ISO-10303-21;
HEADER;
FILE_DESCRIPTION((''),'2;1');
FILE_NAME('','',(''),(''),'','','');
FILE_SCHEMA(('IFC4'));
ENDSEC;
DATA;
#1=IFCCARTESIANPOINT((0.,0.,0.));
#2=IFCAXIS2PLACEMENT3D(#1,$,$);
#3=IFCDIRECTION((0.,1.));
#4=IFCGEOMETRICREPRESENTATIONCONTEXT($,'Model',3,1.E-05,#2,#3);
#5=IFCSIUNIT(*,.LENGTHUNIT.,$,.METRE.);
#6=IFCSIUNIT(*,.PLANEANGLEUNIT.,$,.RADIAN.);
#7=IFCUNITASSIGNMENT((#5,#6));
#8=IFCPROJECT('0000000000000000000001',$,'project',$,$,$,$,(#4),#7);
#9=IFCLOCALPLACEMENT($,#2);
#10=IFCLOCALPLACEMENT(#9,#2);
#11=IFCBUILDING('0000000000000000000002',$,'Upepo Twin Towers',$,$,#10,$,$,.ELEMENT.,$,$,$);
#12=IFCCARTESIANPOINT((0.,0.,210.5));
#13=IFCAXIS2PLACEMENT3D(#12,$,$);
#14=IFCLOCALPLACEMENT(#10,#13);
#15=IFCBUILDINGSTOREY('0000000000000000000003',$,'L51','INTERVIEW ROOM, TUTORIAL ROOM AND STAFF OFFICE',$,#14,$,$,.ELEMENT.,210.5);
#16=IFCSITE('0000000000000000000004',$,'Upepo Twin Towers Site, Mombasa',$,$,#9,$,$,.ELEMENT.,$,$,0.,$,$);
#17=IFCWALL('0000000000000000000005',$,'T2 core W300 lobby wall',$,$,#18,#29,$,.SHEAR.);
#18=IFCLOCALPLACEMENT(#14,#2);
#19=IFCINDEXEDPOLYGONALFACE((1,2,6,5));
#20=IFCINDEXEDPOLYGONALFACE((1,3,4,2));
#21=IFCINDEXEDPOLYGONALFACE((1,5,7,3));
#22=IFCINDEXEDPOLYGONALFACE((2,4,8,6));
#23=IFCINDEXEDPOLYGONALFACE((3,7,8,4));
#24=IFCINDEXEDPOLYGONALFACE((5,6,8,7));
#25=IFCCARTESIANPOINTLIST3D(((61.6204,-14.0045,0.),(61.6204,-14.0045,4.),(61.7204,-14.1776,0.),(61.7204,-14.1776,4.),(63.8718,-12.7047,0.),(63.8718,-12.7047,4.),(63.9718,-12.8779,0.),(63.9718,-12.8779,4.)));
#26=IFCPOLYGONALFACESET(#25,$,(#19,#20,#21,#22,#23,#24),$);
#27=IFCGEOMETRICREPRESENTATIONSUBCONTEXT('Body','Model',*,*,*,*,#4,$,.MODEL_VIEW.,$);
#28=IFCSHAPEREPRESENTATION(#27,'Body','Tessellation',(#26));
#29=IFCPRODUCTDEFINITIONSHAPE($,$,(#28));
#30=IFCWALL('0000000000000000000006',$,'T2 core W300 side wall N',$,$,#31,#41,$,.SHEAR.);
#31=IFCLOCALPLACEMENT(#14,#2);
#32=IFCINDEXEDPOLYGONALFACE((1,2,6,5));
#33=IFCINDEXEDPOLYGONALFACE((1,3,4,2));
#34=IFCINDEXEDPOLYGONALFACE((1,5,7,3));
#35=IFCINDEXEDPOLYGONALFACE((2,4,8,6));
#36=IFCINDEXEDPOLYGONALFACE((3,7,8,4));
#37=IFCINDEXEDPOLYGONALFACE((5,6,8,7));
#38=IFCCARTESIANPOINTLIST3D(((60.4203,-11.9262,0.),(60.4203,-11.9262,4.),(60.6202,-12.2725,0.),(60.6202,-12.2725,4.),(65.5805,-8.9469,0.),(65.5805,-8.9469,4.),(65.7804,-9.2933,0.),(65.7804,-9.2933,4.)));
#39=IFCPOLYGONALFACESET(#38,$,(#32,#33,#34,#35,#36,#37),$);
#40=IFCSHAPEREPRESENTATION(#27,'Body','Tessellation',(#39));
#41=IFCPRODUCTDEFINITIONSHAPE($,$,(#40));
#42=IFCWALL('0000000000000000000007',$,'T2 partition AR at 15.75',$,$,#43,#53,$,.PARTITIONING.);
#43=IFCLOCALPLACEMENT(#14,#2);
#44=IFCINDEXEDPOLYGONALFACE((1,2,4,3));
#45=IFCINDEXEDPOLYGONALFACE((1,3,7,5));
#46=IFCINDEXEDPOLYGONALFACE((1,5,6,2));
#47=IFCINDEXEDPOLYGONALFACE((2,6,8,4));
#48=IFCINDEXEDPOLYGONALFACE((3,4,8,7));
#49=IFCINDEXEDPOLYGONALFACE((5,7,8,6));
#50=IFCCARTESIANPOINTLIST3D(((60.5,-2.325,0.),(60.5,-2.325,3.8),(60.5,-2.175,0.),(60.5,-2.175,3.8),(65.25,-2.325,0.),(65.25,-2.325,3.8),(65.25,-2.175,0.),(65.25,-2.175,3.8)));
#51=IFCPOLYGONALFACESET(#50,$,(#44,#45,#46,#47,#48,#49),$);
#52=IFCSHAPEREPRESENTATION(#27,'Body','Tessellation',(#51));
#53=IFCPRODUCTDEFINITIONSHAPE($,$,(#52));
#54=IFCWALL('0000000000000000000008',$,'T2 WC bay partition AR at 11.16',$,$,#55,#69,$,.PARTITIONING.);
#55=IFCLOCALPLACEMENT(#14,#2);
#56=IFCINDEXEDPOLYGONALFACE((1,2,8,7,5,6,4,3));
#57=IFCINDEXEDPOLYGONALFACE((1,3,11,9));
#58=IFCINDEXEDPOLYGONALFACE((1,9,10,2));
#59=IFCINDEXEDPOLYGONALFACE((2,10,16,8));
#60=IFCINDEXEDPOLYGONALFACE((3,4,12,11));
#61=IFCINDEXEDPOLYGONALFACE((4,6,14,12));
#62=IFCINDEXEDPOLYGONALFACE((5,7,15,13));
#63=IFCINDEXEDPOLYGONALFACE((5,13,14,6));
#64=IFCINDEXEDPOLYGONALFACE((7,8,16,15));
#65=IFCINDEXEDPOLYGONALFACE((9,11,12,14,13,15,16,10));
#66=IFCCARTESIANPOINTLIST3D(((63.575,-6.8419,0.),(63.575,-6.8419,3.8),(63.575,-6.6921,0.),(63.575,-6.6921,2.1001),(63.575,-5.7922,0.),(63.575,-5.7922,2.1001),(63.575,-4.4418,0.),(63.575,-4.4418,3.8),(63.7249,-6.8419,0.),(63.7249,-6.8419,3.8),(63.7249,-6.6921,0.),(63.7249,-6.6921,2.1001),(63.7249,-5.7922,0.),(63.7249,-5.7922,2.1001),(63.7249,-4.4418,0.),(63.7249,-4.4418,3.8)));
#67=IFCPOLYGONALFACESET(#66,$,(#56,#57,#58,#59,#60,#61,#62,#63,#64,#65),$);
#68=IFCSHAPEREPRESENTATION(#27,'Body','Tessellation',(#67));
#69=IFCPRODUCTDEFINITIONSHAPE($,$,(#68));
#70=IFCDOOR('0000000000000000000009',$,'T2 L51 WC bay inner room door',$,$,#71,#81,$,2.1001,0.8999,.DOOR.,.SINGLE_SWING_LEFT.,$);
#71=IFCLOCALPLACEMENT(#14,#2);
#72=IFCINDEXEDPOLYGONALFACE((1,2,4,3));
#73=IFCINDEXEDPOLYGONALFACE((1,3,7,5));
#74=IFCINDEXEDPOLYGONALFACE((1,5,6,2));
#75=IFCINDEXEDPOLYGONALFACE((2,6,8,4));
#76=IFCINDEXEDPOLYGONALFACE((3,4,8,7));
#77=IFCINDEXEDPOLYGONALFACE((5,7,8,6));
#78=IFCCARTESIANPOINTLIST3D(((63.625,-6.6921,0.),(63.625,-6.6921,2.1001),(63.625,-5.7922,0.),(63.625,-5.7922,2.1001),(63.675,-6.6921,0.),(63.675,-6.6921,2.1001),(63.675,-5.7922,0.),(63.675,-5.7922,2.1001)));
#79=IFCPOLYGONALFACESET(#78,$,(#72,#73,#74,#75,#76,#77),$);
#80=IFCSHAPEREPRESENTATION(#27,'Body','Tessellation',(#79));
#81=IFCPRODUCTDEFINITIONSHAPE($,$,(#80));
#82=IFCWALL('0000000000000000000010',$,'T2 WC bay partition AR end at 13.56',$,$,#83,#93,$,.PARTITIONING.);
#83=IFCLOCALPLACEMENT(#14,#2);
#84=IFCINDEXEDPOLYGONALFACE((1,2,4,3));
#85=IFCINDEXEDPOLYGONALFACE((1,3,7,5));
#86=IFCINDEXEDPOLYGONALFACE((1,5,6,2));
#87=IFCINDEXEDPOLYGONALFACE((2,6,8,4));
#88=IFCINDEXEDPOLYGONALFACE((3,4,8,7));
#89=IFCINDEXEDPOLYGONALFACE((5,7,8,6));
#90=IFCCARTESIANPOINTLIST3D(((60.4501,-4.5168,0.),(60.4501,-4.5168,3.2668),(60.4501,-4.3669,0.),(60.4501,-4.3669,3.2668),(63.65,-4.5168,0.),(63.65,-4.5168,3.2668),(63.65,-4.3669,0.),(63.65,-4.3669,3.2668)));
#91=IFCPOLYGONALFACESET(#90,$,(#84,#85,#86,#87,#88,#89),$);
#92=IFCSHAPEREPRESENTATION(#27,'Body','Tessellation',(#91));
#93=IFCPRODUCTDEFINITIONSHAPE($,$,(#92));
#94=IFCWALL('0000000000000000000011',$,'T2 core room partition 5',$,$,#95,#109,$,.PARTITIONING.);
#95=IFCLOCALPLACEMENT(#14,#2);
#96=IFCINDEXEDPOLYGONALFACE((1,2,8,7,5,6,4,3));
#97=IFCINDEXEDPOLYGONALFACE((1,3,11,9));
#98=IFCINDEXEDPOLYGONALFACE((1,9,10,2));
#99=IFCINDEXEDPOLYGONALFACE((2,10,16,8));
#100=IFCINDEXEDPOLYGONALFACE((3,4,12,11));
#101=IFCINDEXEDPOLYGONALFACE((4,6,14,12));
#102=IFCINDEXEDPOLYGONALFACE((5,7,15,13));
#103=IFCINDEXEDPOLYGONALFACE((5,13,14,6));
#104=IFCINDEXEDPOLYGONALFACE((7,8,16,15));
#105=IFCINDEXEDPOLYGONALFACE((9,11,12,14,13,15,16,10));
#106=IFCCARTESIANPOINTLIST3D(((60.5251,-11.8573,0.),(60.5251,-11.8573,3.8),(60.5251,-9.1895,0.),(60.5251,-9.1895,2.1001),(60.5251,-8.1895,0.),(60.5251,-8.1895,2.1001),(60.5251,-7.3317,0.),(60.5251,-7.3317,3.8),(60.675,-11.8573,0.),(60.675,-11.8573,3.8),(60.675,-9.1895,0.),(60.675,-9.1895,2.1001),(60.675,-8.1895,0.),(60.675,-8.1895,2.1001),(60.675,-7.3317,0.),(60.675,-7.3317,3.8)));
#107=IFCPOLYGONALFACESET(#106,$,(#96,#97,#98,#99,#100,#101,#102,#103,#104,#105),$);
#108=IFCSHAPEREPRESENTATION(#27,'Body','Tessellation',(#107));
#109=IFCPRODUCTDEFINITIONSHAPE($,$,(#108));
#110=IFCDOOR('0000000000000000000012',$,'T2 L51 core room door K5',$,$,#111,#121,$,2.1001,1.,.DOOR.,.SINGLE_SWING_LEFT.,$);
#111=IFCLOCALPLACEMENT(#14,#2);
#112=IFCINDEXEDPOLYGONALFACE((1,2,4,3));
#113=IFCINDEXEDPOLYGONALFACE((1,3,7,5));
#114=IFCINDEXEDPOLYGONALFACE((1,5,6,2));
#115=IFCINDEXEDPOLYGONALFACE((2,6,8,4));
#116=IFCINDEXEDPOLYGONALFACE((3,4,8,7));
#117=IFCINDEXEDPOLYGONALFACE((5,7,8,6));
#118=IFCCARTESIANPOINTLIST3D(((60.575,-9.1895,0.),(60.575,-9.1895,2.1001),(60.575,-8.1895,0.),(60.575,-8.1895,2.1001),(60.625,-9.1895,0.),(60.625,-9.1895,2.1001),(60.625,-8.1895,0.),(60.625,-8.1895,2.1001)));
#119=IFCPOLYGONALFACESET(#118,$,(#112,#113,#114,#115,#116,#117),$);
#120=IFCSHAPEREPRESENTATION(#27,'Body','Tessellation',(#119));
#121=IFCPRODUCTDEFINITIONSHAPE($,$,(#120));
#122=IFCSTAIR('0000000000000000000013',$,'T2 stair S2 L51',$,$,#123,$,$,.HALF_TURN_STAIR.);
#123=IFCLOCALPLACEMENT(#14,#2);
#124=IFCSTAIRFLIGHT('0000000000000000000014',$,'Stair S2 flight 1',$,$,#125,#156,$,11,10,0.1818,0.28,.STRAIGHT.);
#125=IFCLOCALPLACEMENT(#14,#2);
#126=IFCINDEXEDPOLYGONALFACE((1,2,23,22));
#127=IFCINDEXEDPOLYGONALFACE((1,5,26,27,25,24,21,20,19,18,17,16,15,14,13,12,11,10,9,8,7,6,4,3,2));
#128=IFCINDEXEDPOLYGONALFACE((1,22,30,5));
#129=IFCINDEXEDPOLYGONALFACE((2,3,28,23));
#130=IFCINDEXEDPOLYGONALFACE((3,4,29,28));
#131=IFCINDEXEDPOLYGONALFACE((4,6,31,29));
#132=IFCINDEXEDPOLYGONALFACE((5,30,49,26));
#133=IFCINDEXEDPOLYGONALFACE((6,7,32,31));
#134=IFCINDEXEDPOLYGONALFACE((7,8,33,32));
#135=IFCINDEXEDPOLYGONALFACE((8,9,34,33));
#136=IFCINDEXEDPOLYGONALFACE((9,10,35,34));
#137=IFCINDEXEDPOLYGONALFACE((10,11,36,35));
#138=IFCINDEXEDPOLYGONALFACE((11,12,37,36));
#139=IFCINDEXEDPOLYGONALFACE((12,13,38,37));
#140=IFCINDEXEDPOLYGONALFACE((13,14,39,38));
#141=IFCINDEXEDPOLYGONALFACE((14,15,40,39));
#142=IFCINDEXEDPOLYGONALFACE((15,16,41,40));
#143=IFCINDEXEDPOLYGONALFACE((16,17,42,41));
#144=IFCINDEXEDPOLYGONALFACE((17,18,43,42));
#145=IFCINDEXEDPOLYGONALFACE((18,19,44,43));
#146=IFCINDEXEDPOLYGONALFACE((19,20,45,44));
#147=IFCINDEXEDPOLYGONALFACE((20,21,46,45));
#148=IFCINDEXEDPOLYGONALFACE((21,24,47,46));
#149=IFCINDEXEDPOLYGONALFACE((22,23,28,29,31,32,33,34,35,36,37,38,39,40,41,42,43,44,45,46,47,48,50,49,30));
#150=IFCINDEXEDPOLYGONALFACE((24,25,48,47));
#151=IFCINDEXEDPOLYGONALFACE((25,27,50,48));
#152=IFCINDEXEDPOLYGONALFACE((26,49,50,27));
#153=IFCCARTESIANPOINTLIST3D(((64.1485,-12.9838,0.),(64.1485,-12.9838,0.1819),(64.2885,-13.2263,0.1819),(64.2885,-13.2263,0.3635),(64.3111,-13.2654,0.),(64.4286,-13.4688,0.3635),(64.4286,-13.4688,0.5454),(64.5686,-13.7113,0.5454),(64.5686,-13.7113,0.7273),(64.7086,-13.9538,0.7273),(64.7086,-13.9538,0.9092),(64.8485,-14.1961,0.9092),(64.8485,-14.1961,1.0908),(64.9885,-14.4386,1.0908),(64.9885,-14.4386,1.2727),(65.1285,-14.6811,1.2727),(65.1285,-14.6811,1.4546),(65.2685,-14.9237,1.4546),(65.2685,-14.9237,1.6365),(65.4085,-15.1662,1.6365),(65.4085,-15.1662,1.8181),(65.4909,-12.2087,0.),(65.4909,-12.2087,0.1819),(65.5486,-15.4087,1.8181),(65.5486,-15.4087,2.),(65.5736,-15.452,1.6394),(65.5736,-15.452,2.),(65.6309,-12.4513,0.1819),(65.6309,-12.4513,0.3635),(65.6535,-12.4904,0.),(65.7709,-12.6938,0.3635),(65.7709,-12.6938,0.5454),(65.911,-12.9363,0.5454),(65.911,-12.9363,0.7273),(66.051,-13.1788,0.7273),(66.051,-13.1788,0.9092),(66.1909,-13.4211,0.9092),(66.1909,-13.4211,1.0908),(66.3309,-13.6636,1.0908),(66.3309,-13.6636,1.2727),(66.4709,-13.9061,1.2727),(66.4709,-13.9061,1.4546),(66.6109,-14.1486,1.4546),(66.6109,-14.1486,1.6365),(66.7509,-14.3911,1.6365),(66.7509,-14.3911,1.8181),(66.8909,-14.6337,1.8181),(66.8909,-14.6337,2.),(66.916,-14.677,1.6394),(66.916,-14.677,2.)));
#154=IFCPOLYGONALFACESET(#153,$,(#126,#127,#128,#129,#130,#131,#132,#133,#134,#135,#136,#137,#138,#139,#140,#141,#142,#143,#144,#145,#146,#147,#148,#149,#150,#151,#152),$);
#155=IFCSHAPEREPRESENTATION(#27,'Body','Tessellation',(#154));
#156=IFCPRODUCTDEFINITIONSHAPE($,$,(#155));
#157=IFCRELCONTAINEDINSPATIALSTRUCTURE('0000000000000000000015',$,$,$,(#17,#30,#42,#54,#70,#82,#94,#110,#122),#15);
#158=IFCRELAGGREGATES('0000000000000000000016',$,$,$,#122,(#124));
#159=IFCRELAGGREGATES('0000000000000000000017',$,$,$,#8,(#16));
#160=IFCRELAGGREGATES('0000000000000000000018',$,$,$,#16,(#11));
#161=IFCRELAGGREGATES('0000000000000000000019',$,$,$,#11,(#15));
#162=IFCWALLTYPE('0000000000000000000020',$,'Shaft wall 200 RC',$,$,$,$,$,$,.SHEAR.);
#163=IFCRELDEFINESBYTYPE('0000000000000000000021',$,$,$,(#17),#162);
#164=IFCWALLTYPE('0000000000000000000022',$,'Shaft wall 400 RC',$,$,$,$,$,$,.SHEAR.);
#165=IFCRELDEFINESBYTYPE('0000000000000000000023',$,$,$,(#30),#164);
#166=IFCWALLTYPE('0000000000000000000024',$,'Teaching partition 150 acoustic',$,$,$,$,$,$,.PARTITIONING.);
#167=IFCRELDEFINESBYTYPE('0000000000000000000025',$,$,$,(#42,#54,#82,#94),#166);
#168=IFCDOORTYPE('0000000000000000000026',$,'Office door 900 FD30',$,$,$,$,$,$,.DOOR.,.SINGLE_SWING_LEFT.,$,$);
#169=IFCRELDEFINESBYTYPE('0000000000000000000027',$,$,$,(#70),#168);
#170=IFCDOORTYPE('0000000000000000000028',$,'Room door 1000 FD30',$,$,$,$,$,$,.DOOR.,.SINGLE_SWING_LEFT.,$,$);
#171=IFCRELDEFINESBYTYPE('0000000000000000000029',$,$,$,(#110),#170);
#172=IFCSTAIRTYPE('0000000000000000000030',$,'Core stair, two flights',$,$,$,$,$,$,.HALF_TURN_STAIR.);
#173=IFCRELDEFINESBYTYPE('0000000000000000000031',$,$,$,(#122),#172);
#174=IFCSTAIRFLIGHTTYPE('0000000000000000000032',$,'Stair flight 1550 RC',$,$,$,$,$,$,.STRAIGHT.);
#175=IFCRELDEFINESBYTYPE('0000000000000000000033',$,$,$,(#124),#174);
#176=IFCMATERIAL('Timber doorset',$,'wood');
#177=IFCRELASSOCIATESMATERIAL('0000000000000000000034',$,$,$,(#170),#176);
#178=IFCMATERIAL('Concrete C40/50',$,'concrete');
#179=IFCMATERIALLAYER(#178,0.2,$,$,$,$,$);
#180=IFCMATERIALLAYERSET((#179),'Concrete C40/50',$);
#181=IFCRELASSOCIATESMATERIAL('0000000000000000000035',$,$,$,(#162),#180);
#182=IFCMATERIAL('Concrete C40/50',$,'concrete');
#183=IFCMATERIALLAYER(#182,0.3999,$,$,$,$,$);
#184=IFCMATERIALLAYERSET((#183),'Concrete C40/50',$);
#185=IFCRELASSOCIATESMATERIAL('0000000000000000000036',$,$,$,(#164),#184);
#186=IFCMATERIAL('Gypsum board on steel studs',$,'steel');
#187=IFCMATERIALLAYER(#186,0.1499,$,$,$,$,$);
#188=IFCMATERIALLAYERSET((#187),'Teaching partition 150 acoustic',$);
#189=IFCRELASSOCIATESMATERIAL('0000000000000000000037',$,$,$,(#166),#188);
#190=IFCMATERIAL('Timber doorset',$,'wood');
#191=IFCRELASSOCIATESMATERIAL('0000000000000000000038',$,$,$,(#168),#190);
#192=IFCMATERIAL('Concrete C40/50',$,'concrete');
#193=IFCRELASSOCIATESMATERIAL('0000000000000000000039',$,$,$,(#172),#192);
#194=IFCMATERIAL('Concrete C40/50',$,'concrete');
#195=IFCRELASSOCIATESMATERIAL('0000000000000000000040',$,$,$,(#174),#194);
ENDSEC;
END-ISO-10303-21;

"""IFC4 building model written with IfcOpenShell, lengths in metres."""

from ifc_helpers import new_model, si_unit, direction, frame, frame_2d, origin, place, context, subcontext, project, spatial, polyline, rectangle, outline, extrude, material, layer, layer_set, type_object, element, fill, aggregate, save


model = new_model("IFC4")

# Units and contexts
model_context = context("Model", 3, precision=1e-05, world=origin(), true_north=direction((0.0, 1.0)))
body_context = subcontext(model_context, "Body", "Model", "MODEL_VIEW")
ifc_project = project(units=[si_unit("LENGTHUNIT", "METRE"), si_unit("PLANEANGLEUNIT", "RADIAN")], contexts=[model_context])

# Site, building, storey
site_placement = place(None, origin())
site = spatial("IfcSite", under=ifc_project, at=site_placement, Name="Upepo Twin Towers Site, Mombasa", CompositionType="ELEMENT", RefElevation=0.0)
building_placement = place(site_placement, origin())
building = spatial("IfcBuilding", under=site, at=building_placement, Name="Upepo Twin Towers", CompositionType="ELEMENT")
storey_placement = place(building_placement, frame((0.0, 0.0, 210.5)))
storey = spatial("IfcBuildingStorey", under=building, at=storey_placement, Name="L51", Description="INTERVIEW ROOM, TUTORIAL ROOM AND STAFF OFFICE", CompositionType="ELEMENT", Elevation=210.5)

# Shared definitions
ifc_material_1 = material(Name="Timber doorset", Category="wood")
door_type_1 = type_object("IfcDoorType", Name="Room door 1000 FD30", OperationType="SINGLE_SWING_LEFT", PredefinedType="DOOR", material=ifc_material_1)

# Walls
ifc_material_2 = material(Name="Concrete C40/50", Category="concrete")
ifc_layer_1 = layer(ifc_material_2, 0.2)
ifc_layer_set_1 = layer_set([ifc_layer_1], Name="Concrete C40/50")
wall_type_1 = type_object("IfcWallType", Name="Shaft wall 200 RC", PredefinedType="SHEAR", material=ifc_layer_set_1)
wall_1_placement = place(storey_placement, frame((61.6704, -14.0911, 0.0), z_axis=(0.0, 0.0, 1.0), x_axis=(0.866039, 0.499977, 0.0)))
element("IfcWall", 1, at=wall_1_placement, inside=storey, type_object=wall_type_1, Name="T2 core W300 lobby wall", PredefinedType="SHEAR", context=body_context, shape_type="SweptSolid", body=[
    extrude(rectangle(XDim=2.5996, YDim=0.2, at=frame_2d((1.2998, 0.0))), origin(), (0.0, 0.0, 1.0), 4.0),
])
ifc_material_3 = material(Name="Concrete C40/50", Category="concrete")
ifc_layer_2 = layer(ifc_material_3, 0.3999)
ifc_layer_set_2 = layer_set([ifc_layer_2], Name="Concrete C40/50")
wall_type_2 = type_object("IfcWallType", Name="Shaft wall 400 RC", PredefinedType="SHEAR", material=ifc_layer_set_2)
wall_2_placement = place(storey_placement, frame((60.5203, -12.0994, 0.0), z_axis=(0.0, 0.0, 1.0), x_axis=(0.866023, 0.500004, 0.0)))
element("IfcWall", 2, at=wall_2_placement, inside=storey, type_object=wall_type_2, Name="T2 core W300 side wall N", PredefinedType="SHEAR", context=body_context, shape_type="SweptSolid", body=[
    extrude(rectangle(XDim=5.9585, YDim=0.3999, at=frame_2d((2.9792, 0.0))), origin(), (0.0, 0.0, 1.0), 4.0),
])
ifc_material_4 = material(Name="Gypsum board on steel studs", Category="steel")
ifc_layer_3 = layer(ifc_material_4, 0.1499)
ifc_layer_set_3 = layer_set([ifc_layer_3], Name="Teaching partition 150 acoustic")
wall_type_3 = type_object("IfcWallType", Name="Teaching partition 150 acoustic", PredefinedType="PARTITIONING", material=ifc_layer_set_3)
wall_3_placement = place(storey_placement, frame((60.5, -2.25, 0.0), z_axis=(0.0, 0.0, 1.0), x_axis=(1.0, 0.0, 0.0)))
element("IfcWall", 3, at=wall_3_placement, inside=storey, type_object=wall_type_3, Name="T2 partition AR at 15.75", PredefinedType="PARTITIONING", context=body_context, shape_type="SweptSolid", body=[
    extrude(rectangle(XDim=4.75, YDim=0.1499, at=frame_2d((2.375, 0.0))), origin(), (0.0, 0.0, 1.0), 3.8),
])

# Wall, opening, door
wall_4_placement = place(storey_placement, frame((63.6499, -6.842, 0.0), z_axis=(0.0, 0.0, 1.0), x_axis=(0.0, 1.0, 0.0)))
wall_4 = element("IfcWall", 4, at=wall_4_placement, inside=storey, type_object=wall_type_3, Name="T2 WC bay partition AR at 11.16", PredefinedType="PARTITIONING", context=body_context, shape_type="SweptSolid", body=[
    extrude(rectangle(XDim=2.4001, YDim=0.1499, at=frame_2d((1.2002, 0.0))), origin(), (0.0, 0.0, 1.0), 3.8),
])
opening_1_placement = place(wall_4_placement, frame((0.1499, 0.0, 0.0)))
opening_1 = element("IfcOpeningElement", 5, at=opening_1_placement, cuts=wall_4, PredefinedType="OPENING", context=body_context, shape_type="SweptSolid", body=[
    extrude(rectangle(XDim=0.8999, YDim=2.1001, at=frame_2d((0.45, 1.05))), frame((0.0, 0.085, 0.0), z_axis=(0.0, -1.0, 0.0), x_axis=(1.0, 0.0, 0.0)), (0.0, 0.0, 1.0), 0.1699),
])
ifc_material_5 = material(Name="Timber doorset", Category="wood")
door_type_2 = type_object("IfcDoorType", Name="Office door 900 FD30", OperationType="SINGLE_SWING_LEFT", PredefinedType="DOOR", material=ifc_material_5)
door_1_placement = place(opening_1_placement, origin())
door_1 = element("IfcDoor", 6, at=door_1_placement, inside=storey, type_object=door_type_2, Name="T2 L51 WC bay inner room door", OperationType="SINGLE_SWING_LEFT", OverallHeight=2.1001, OverallWidth=0.8999, PredefinedType="DOOR", context=body_context, shape_type="SweptSolid", body=[
    extrude(rectangle(XDim=0.8999, YDim=2.1001, at=frame_2d((0.45, 1.05))), frame((0.0, 0.0249, 0.0), z_axis=(0.0, -1.0, 0.0), x_axis=(1.0, 0.0, 0.0)), (0.0, 0.0, 1.0), 0.05),
])
fill(opening_1, door_1)

# Wall
wall_5_placement = place(storey_placement, frame((60.45, -4.4419, 0.0), z_axis=(0.0, 0.0, 1.0), x_axis=(1.0, 0.0, 0.0)))
element("IfcWall", 7, at=wall_5_placement, inside=storey, type_object=wall_type_3, Name="T2 WC bay partition AR end at 13.56", PredefinedType="PARTITIONING", context=body_context, shape_type="SweptSolid", body=[
    extrude(rectangle(XDim=3.2, YDim=0.1499, at=frame_2d((1.6001, 0.0))), origin(), (0.0, 0.0, 1.0), 3.2668),
])

# Wall, opening, door
wall_6_placement = place(storey_placement, frame((60.6001, -7.3318, 0.0), z_axis=(0.0, 0.0, 1.0), x_axis=(0.0, -1.0, 0.0)))
wall_6 = element("IfcWall", 8, at=wall_6_placement, inside=storey, type_object=wall_type_3, Name="T2 core room partition 5", PredefinedType="PARTITIONING", context=body_context, shape_type="SweptSolid", body=[
    extrude(rectangle(XDim=4.5256, YDim=0.1499, at=frame_2d((2.2627, 0.0))), origin(), (0.0, 0.0, 1.0), 3.8),
])
opening_2_placement = place(wall_6_placement, frame((0.8577, 0.0, 0.0)))
opening_2 = element("IfcOpeningElement", 9, at=opening_2_placement, cuts=wall_6, PredefinedType="OPENING", context=body_context, shape_type="SweptSolid", body=[
    extrude(rectangle(XDim=1.0, YDim=2.1001, at=frame_2d((0.5, 1.05))), frame((0.0, 0.085, 0.0), z_axis=(0.0, -1.0, 0.0), x_axis=(1.0, 0.0, 0.0)), (0.0, 0.0, 1.0), 0.1699),
])
door_2_placement = place(opening_2_placement, origin())
door_2 = element("IfcDoor", 10, at=door_2_placement, inside=storey, type_object=door_type_1, Name="T2 L51 core room door K5", OperationType="SINGLE_SWING_LEFT", OverallHeight=2.1001, OverallWidth=1.0, PredefinedType="DOOR", context=body_context, shape_type="SweptSolid", body=[
    extrude(rectangle(XDim=1.0, YDim=2.1001, at=frame_2d((0.5, 1.05))), frame((0.0, 0.0249, 0.0), z_axis=(0.0, -1.0, 0.0), x_axis=(1.0, 0.0, 0.0)), (0.0, 0.0, 1.0), 0.05),
])
fill(opening_2, door_2)

# Stair, stair flight
ifc_material_6 = material(Name="Concrete C40/50", Category="concrete")
stair_type = type_object("IfcStairType", Name="Core stair, two flights", PredefinedType="HALF_TURN_STAIR", material=ifc_material_6)
stair_placement = place(storey_placement, origin())
stair = element("IfcStair", 11, at=stair_placement, inside=storey, type_object=stair_type, Name="T2 stair S2 L51", PredefinedType="HALF_TURN_STAIR")
ifc_material_7 = material(Name="Concrete C40/50", Category="concrete")
stair_flight_type = type_object("IfcStairFlightType", Name="Stair flight 1550 RC", PredefinedType="STRAIGHT", material=ifc_material_7)
stair_flight_1_placement = place(storey_placement, frame((64.8198, -12.5962, 0.0), z_axis=(0.0, 0.0, 1.0), x_axis=(0.5, -0.866025, 0.0)))
stair_flight_1 = element("IfcStairFlight", 12, at=stair_flight_1_placement, type_object=stair_flight_type, Name="Stair S2 flight 1", NumberOfRisers=11, NumberOfTreads=10, PredefinedType="STRAIGHT", RiserHeight=0.1818, TreadLength=0.28, context=body_context, shape_type="SweptSolid", body=[
    extrude(outline(polyline([(0.0, 0.0), (0.0, 0.1819), (0.28, 0.1819), (0.28, 0.3635), (0.5601, 0.3635), (0.5601, 0.5454), (0.8401, 0.5454), (0.8401, 0.7273), (1.1201, 0.7273), (1.1201, 0.9092), (1.3999, 0.9092), (1.3999, 1.0908), (1.6799, 1.0908), (1.6799, 1.2727), (1.96, 1.2727), (1.96, 1.4546), (2.24, 1.4546), (2.24, 1.6365), (2.52, 1.6365), (2.52, 1.8181), (2.8, 1.8181), (2.8, 2.0), (2.8501, 2.0), (2.8501, 1.6394), (0.3252, 0.0), (0.0, 0.0)])), frame((0.0, 0.7749, 0.0), z_axis=(0.0, -1.0, 0.0), x_axis=(1.0, 0.0, 0.0)), (0.0, 0.0, 1.0), 1.55),
])
aggregate(stair, [stair_flight_1])

save(model, "model.ifc")
